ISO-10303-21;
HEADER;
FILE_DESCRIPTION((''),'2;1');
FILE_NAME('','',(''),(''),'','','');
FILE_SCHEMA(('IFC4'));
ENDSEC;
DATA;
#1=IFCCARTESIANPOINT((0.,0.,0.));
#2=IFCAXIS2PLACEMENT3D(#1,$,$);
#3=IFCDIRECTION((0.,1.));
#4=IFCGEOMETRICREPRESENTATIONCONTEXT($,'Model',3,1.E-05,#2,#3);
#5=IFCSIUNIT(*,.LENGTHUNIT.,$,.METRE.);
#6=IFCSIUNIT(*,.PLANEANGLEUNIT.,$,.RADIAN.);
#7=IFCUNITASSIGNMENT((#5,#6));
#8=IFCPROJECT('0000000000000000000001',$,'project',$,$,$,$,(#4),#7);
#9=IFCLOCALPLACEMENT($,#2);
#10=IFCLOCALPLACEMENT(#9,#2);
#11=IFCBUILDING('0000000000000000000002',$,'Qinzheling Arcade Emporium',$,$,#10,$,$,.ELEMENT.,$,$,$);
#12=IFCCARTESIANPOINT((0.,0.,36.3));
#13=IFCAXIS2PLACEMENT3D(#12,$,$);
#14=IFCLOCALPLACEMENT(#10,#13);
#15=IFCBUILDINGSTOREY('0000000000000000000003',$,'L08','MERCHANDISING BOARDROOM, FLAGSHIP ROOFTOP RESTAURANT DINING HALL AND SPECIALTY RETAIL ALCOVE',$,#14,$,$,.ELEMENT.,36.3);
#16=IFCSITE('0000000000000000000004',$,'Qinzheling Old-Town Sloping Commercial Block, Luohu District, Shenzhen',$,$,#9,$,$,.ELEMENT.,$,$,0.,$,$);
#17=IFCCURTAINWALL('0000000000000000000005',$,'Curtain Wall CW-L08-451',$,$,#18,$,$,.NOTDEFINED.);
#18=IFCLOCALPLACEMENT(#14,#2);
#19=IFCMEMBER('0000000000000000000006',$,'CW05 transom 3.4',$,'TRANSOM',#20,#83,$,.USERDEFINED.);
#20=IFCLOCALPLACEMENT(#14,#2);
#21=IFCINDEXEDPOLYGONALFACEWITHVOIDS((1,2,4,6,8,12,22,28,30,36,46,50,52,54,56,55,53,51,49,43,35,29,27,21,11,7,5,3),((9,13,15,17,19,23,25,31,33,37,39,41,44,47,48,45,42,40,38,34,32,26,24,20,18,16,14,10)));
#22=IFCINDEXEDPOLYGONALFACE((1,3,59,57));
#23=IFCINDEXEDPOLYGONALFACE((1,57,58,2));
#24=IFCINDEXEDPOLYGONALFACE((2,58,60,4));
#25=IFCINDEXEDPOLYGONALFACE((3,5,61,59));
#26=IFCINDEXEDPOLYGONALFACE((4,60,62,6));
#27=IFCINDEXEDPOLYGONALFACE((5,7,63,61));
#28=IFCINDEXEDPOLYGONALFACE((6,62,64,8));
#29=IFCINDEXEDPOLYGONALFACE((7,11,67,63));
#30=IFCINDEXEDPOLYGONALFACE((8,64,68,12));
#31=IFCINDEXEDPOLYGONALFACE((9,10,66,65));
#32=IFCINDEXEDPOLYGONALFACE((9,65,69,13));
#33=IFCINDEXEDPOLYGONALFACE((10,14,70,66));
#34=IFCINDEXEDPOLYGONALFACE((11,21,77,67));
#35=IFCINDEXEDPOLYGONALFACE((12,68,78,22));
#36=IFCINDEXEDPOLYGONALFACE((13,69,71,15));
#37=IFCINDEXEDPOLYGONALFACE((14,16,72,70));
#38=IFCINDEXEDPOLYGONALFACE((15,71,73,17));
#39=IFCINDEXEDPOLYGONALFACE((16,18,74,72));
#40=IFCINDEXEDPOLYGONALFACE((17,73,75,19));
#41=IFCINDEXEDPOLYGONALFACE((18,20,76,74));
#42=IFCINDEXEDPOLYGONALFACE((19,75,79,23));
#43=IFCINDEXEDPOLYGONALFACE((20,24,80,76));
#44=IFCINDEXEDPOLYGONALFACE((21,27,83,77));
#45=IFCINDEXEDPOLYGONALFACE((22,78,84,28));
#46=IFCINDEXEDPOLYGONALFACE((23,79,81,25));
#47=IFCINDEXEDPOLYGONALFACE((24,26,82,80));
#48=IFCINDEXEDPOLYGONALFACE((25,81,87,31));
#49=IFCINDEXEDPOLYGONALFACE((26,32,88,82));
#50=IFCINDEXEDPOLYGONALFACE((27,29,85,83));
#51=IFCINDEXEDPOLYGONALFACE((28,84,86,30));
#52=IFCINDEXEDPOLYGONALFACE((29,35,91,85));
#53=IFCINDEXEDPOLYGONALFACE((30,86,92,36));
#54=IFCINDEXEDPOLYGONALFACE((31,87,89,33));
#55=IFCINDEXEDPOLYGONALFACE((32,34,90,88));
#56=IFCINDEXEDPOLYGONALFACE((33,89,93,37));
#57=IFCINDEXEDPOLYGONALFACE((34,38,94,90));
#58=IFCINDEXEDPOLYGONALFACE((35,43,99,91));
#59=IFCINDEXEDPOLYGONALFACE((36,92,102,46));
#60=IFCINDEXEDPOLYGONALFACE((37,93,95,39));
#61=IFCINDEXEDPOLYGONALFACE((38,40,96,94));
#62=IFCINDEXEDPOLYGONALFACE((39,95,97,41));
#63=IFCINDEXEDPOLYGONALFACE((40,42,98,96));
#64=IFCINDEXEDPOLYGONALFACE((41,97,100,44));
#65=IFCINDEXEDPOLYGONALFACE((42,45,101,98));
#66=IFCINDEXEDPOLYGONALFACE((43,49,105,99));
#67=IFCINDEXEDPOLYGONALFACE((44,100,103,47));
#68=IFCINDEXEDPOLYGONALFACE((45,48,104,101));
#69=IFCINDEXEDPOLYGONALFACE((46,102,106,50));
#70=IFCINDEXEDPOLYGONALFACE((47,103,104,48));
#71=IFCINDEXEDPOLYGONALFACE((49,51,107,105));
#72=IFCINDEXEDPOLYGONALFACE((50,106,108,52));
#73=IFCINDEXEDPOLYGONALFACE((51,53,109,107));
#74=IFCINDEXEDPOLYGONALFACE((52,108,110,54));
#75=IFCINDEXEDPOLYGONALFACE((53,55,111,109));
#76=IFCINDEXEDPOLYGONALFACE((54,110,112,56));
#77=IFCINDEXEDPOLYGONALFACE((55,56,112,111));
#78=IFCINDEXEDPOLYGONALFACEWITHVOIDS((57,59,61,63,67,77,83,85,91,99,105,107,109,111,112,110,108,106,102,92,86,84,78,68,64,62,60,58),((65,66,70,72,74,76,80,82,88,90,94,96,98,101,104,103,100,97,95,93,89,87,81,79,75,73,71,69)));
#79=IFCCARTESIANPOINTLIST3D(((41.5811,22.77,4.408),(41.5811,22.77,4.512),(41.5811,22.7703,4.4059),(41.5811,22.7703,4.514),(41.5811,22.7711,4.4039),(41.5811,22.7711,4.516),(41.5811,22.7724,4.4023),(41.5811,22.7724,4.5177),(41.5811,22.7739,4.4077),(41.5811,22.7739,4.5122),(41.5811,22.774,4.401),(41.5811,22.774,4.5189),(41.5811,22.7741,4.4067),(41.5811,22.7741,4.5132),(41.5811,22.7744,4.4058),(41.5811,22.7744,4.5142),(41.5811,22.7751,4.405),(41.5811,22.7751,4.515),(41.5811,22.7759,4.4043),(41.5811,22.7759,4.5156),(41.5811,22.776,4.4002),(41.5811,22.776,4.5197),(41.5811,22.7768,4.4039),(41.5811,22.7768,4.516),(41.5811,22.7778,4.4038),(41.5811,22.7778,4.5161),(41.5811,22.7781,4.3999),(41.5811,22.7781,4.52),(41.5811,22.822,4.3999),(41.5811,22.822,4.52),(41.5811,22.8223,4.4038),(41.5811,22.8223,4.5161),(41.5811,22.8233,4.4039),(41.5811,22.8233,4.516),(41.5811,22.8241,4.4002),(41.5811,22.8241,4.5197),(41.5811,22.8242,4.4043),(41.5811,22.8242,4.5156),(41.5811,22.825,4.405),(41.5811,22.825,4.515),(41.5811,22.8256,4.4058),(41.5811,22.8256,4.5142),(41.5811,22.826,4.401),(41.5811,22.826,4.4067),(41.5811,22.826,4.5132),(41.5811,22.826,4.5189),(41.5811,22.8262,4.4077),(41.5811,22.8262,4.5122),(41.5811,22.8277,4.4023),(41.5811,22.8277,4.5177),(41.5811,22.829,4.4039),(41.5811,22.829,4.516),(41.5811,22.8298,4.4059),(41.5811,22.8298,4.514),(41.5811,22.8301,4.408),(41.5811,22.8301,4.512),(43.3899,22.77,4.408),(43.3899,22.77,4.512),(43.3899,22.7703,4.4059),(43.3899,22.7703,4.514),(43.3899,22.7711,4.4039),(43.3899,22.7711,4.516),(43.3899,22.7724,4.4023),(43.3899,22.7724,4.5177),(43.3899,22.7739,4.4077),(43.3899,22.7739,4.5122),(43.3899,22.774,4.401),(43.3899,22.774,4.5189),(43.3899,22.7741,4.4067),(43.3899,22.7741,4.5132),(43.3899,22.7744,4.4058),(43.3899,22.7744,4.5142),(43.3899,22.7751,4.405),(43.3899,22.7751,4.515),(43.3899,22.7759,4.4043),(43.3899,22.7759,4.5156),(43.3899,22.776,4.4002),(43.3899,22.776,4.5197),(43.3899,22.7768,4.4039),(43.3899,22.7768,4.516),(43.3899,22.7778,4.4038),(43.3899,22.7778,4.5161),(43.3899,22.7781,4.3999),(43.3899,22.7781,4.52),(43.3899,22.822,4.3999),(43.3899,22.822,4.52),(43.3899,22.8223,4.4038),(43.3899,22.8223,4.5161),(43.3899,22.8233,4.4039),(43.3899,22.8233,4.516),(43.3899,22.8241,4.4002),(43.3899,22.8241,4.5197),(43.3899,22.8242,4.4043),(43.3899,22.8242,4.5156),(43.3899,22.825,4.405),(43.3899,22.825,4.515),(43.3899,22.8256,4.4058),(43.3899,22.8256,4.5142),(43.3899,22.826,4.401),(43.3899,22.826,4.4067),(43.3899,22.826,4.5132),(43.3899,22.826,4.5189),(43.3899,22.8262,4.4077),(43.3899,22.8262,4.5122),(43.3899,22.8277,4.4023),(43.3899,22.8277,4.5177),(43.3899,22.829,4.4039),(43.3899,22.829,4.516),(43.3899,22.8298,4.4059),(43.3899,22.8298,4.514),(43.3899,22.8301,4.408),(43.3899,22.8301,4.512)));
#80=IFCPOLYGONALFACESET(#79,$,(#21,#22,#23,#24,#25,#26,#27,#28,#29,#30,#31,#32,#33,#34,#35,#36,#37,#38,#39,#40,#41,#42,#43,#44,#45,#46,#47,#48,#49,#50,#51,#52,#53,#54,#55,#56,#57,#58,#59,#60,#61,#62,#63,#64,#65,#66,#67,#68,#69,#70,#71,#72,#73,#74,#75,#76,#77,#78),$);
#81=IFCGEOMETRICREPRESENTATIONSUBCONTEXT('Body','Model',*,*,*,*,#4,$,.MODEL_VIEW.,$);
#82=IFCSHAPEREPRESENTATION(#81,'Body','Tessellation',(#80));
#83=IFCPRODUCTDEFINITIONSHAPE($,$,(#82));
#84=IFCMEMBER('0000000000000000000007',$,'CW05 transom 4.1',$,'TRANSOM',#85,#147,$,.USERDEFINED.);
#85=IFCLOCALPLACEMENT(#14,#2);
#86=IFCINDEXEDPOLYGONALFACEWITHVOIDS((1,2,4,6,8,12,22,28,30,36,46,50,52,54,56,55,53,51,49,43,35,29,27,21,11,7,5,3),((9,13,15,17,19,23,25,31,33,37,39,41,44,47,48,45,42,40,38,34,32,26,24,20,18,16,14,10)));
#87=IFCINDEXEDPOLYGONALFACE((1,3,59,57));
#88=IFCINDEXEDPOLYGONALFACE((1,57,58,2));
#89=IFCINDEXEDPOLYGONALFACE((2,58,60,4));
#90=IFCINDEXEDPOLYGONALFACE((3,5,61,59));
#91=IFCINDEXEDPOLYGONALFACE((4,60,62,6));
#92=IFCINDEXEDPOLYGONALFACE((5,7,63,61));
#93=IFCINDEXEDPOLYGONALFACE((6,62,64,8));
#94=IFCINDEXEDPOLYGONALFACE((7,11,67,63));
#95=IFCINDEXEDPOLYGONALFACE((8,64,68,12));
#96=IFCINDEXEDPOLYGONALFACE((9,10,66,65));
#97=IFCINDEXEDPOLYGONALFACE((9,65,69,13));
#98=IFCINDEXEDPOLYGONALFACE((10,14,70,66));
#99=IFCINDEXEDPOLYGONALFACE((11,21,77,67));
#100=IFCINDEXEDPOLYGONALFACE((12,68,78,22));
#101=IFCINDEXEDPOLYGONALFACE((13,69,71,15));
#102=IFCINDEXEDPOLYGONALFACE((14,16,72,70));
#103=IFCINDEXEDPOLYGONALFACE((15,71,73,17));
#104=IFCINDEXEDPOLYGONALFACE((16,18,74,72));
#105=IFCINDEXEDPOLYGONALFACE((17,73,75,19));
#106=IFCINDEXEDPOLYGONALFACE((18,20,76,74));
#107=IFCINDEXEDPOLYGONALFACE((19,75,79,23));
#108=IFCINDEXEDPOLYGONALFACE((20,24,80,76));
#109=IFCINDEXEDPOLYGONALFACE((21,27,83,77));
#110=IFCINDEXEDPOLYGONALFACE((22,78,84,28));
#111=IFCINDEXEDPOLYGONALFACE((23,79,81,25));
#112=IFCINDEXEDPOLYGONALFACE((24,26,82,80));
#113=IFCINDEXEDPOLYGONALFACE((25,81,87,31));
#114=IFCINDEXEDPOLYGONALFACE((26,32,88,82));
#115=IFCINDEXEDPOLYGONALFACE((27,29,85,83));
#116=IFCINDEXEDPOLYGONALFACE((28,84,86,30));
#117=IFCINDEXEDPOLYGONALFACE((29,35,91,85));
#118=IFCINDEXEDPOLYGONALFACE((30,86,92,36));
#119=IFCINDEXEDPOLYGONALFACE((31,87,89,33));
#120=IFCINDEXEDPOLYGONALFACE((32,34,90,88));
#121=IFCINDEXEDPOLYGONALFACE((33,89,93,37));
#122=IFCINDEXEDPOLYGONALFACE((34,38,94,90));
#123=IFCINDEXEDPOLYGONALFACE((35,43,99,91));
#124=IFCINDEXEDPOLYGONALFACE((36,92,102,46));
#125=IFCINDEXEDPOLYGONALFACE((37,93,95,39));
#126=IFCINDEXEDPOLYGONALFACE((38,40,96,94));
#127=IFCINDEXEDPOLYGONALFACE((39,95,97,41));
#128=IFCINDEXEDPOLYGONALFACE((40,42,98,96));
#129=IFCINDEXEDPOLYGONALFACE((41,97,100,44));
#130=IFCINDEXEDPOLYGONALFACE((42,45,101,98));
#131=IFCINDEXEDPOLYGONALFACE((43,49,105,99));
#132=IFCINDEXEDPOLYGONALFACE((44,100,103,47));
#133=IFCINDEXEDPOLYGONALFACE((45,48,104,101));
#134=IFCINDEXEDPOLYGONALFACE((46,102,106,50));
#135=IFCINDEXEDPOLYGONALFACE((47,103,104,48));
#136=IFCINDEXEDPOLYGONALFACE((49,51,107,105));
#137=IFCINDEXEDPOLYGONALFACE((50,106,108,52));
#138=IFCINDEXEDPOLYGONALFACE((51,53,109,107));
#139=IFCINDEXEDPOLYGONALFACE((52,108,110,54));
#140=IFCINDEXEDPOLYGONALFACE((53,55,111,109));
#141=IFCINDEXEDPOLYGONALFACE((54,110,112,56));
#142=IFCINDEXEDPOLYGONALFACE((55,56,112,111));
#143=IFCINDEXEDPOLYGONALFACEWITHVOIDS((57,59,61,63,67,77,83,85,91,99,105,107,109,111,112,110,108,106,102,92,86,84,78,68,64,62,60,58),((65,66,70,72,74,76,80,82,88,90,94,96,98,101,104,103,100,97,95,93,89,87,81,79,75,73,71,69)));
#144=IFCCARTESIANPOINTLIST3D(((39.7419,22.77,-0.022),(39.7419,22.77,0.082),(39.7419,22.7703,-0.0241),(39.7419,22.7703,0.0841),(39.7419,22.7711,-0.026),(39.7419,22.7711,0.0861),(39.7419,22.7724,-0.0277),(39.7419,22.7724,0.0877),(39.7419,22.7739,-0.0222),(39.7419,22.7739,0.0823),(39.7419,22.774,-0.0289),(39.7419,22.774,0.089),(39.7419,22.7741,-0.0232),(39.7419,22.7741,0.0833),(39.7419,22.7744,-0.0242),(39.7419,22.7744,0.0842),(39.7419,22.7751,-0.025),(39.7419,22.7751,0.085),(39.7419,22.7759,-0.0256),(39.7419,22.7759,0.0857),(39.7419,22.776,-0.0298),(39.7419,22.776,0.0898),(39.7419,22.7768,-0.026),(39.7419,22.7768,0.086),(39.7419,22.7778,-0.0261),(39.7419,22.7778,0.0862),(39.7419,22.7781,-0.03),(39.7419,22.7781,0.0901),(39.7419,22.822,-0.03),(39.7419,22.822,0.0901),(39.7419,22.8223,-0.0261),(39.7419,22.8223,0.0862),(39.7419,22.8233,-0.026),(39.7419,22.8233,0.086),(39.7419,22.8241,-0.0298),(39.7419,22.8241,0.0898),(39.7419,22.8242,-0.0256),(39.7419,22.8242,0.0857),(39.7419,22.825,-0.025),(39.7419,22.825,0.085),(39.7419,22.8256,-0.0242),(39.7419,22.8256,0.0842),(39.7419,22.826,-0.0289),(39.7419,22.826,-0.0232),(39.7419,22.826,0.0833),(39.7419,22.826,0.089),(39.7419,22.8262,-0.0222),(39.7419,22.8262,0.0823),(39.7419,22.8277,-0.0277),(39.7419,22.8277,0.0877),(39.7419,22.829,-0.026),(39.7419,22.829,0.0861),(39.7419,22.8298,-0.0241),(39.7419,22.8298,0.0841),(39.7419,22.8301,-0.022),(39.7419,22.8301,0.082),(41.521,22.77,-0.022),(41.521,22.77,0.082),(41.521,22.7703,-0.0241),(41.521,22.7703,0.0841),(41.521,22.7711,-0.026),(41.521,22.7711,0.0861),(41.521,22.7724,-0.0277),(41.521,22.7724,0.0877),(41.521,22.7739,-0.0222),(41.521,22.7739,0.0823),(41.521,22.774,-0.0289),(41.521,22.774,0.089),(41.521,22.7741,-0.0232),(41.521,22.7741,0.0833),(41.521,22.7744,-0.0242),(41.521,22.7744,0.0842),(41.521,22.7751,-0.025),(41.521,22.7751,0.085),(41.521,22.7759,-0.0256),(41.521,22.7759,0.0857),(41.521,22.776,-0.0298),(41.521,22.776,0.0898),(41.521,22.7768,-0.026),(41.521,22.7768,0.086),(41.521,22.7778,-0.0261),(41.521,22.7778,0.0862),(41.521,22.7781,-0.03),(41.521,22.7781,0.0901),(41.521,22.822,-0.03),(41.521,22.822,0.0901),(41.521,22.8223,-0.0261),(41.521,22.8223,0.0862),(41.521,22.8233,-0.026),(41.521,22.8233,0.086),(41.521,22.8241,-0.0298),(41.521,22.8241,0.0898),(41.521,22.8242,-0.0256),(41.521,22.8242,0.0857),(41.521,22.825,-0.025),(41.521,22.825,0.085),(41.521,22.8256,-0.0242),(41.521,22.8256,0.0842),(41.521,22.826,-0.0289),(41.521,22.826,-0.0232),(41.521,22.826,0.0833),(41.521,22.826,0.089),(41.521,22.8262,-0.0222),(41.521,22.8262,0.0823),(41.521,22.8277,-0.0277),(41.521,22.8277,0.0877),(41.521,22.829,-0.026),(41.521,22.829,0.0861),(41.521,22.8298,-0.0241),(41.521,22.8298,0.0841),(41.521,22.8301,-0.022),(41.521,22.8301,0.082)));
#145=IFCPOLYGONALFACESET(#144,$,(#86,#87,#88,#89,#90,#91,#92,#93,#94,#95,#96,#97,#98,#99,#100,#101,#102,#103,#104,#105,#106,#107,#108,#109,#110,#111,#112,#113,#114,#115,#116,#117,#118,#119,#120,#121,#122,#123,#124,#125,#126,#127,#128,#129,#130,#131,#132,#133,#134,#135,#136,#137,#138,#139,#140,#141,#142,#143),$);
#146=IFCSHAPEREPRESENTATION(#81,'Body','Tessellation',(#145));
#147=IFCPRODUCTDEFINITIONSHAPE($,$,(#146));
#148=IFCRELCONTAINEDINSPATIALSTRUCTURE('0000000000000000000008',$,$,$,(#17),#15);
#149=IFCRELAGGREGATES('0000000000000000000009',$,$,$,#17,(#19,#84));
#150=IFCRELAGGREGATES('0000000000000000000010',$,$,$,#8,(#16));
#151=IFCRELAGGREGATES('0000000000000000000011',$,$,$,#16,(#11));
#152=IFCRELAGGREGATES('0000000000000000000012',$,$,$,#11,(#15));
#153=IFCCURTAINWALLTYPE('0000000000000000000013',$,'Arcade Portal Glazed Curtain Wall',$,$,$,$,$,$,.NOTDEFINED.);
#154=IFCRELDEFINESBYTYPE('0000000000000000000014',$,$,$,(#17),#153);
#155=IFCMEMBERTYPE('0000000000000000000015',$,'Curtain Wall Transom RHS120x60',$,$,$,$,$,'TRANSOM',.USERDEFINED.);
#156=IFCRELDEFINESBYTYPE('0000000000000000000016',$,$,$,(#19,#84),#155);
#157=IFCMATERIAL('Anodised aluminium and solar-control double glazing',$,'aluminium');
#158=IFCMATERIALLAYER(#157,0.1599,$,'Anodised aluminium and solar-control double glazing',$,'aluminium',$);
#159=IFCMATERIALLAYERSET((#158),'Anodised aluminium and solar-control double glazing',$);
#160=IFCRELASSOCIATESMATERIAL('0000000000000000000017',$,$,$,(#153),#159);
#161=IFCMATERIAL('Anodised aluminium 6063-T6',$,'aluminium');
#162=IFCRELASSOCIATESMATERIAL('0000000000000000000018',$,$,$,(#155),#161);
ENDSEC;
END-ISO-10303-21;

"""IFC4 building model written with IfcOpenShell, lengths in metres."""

from ifc_helpers import new_model, si_unit, direction, frame, origin, origin_2d, place, context, subcontext, project, spatial, hollow_rectangle, extrude, material, layer, layer_set, material_profile, profile_set, type_object, element, aggregate, save


model = new_model("IFC4")

# Units and contexts
model_context = context("Model", 3, precision=1e-05, world=origin(), true_north=direction((0.0, 1.0)))
body_context = subcontext(model_context, "Body", "Model", "MODEL_VIEW")
ifc_project = project(units=[si_unit("LENGTHUNIT", "METRE"), si_unit("PLANEANGLEUNIT", "RADIAN")], contexts=[model_context])

# Site, building, storey
site_placement = place(None, origin())
site = spatial("IfcSite", under=ifc_project, at=site_placement, Name="Qinzheling Old-Town Sloping Commercial Block, Luohu District, Shenzhen", CompositionType="ELEMENT", RefElevation=0.0)
building_placement = place(site_placement, origin())
building = spatial("IfcBuilding", under=site, at=building_placement, Name="Qinzheling Arcade Emporium", CompositionType="ELEMENT")
storey_placement = place(building_placement, frame((0.0, 0.0, 36.3)))
storey = spatial("IfcBuildingStorey", under=building, at=storey_placement, Name="L08", Description="MERCHANDISING BOARDROOM, FLAGSHIP ROOFTOP RESTAURANT DINING HALL AND SPECIALTY RETAIL ALCOVE", CompositionType="ELEMENT", Elevation=36.3)

# Curtain wall, members
ifc_material_1 = material(Name="Anodised aluminium and solar-control double glazing", Category="aluminium")
ifc_layer_1 = layer(ifc_material_1, 0.1599, Name="Anodised aluminium and solar-control double glazing", Category="aluminium")
ifc_layer_set_1 = layer_set([ifc_layer_1], Name="Anodised aluminium and solar-control double glazing")
curtain_wall_type = type_object("IfcCurtainWallType", Name="Arcade Portal Glazed Curtain Wall", PredefinedType="NOTDEFINED", material=ifc_layer_set_1)
curtain_wall_placement = place(storey_placement, origin())
curtain_wall = element("IfcCurtainWall", 1, at=curtain_wall_placement, inside=storey, type_object=curtain_wall_type, Name="Curtain Wall CW-L08-451", PredefinedType="NOTDEFINED")
ifc_material_2 = material(Name="Anodised aluminium 6063-T6", Category="aluminium")
ifc_material_profile_1 = material_profile(ifc_material_2, hollow_rectangle(XDim=0.0601, YDim=0.1201, WallThickness=0.0039, InnerFilletRadius=0.0039, OuterFilletRadius=0.0081, at=origin_2d()), Name="RHS 120x60x4", Category="aluminium")
ifc_profile_set_1 = profile_set([ifc_material_profile_1], Name="Anodised aluminium 6063-T6")
member_type_1 = type_object("IfcMemberType", Name="Curtain Wall Transom RHS120x60", ElementType="TRANSOM", PredefinedType="USERDEFINED", material=ifc_profile_set_1)
member_1_placement = place(storey_placement, frame((43.3899, 22.8, 4.46), z_axis=(-1.0, 0.0, 0.0), x_axis=(0.0, -1.0, 0.0)))
member_1 = element("IfcMember", 2, at=member_1_placement, type_object=member_type_1, Name="CW05 transom 3.4", ObjectType="TRANSOM", PredefinedType="USERDEFINED", context=body_context, shape_type="SweptSolid", body=[
    extrude(hollow_rectangle(XDim=0.0601, YDim=0.1201, WallThickness=0.0039, InnerFilletRadius=0.0039, OuterFilletRadius=0.0081, at=origin_2d()), origin(), (0.0, 0.0, 1.0), 1.8088),
])
member_2_placement = place(storey_placement, frame((41.521, 22.8, 0.03), z_axis=(-1.0, 0.0, 0.0), x_axis=(0.0, -1.0, 0.0)))
member_2 = element("IfcMember", 3, at=member_2_placement, type_object=member_type_1, Name="CW05 transom 4.1", ObjectType="TRANSOM", PredefinedType="USERDEFINED", context=body_context, shape_type="SweptSolid", body=[
    extrude(hollow_rectangle(XDim=0.0601, YDim=0.1201, WallThickness=0.0039, InnerFilletRadius=0.0039, OuterFilletRadius=0.0081, at=origin_2d()), origin(), (0.0, 0.0, 1.0), 1.7791),
])

aggregate(curtain_wall, [member_1, member_2])

save(model, "model.ifc")
